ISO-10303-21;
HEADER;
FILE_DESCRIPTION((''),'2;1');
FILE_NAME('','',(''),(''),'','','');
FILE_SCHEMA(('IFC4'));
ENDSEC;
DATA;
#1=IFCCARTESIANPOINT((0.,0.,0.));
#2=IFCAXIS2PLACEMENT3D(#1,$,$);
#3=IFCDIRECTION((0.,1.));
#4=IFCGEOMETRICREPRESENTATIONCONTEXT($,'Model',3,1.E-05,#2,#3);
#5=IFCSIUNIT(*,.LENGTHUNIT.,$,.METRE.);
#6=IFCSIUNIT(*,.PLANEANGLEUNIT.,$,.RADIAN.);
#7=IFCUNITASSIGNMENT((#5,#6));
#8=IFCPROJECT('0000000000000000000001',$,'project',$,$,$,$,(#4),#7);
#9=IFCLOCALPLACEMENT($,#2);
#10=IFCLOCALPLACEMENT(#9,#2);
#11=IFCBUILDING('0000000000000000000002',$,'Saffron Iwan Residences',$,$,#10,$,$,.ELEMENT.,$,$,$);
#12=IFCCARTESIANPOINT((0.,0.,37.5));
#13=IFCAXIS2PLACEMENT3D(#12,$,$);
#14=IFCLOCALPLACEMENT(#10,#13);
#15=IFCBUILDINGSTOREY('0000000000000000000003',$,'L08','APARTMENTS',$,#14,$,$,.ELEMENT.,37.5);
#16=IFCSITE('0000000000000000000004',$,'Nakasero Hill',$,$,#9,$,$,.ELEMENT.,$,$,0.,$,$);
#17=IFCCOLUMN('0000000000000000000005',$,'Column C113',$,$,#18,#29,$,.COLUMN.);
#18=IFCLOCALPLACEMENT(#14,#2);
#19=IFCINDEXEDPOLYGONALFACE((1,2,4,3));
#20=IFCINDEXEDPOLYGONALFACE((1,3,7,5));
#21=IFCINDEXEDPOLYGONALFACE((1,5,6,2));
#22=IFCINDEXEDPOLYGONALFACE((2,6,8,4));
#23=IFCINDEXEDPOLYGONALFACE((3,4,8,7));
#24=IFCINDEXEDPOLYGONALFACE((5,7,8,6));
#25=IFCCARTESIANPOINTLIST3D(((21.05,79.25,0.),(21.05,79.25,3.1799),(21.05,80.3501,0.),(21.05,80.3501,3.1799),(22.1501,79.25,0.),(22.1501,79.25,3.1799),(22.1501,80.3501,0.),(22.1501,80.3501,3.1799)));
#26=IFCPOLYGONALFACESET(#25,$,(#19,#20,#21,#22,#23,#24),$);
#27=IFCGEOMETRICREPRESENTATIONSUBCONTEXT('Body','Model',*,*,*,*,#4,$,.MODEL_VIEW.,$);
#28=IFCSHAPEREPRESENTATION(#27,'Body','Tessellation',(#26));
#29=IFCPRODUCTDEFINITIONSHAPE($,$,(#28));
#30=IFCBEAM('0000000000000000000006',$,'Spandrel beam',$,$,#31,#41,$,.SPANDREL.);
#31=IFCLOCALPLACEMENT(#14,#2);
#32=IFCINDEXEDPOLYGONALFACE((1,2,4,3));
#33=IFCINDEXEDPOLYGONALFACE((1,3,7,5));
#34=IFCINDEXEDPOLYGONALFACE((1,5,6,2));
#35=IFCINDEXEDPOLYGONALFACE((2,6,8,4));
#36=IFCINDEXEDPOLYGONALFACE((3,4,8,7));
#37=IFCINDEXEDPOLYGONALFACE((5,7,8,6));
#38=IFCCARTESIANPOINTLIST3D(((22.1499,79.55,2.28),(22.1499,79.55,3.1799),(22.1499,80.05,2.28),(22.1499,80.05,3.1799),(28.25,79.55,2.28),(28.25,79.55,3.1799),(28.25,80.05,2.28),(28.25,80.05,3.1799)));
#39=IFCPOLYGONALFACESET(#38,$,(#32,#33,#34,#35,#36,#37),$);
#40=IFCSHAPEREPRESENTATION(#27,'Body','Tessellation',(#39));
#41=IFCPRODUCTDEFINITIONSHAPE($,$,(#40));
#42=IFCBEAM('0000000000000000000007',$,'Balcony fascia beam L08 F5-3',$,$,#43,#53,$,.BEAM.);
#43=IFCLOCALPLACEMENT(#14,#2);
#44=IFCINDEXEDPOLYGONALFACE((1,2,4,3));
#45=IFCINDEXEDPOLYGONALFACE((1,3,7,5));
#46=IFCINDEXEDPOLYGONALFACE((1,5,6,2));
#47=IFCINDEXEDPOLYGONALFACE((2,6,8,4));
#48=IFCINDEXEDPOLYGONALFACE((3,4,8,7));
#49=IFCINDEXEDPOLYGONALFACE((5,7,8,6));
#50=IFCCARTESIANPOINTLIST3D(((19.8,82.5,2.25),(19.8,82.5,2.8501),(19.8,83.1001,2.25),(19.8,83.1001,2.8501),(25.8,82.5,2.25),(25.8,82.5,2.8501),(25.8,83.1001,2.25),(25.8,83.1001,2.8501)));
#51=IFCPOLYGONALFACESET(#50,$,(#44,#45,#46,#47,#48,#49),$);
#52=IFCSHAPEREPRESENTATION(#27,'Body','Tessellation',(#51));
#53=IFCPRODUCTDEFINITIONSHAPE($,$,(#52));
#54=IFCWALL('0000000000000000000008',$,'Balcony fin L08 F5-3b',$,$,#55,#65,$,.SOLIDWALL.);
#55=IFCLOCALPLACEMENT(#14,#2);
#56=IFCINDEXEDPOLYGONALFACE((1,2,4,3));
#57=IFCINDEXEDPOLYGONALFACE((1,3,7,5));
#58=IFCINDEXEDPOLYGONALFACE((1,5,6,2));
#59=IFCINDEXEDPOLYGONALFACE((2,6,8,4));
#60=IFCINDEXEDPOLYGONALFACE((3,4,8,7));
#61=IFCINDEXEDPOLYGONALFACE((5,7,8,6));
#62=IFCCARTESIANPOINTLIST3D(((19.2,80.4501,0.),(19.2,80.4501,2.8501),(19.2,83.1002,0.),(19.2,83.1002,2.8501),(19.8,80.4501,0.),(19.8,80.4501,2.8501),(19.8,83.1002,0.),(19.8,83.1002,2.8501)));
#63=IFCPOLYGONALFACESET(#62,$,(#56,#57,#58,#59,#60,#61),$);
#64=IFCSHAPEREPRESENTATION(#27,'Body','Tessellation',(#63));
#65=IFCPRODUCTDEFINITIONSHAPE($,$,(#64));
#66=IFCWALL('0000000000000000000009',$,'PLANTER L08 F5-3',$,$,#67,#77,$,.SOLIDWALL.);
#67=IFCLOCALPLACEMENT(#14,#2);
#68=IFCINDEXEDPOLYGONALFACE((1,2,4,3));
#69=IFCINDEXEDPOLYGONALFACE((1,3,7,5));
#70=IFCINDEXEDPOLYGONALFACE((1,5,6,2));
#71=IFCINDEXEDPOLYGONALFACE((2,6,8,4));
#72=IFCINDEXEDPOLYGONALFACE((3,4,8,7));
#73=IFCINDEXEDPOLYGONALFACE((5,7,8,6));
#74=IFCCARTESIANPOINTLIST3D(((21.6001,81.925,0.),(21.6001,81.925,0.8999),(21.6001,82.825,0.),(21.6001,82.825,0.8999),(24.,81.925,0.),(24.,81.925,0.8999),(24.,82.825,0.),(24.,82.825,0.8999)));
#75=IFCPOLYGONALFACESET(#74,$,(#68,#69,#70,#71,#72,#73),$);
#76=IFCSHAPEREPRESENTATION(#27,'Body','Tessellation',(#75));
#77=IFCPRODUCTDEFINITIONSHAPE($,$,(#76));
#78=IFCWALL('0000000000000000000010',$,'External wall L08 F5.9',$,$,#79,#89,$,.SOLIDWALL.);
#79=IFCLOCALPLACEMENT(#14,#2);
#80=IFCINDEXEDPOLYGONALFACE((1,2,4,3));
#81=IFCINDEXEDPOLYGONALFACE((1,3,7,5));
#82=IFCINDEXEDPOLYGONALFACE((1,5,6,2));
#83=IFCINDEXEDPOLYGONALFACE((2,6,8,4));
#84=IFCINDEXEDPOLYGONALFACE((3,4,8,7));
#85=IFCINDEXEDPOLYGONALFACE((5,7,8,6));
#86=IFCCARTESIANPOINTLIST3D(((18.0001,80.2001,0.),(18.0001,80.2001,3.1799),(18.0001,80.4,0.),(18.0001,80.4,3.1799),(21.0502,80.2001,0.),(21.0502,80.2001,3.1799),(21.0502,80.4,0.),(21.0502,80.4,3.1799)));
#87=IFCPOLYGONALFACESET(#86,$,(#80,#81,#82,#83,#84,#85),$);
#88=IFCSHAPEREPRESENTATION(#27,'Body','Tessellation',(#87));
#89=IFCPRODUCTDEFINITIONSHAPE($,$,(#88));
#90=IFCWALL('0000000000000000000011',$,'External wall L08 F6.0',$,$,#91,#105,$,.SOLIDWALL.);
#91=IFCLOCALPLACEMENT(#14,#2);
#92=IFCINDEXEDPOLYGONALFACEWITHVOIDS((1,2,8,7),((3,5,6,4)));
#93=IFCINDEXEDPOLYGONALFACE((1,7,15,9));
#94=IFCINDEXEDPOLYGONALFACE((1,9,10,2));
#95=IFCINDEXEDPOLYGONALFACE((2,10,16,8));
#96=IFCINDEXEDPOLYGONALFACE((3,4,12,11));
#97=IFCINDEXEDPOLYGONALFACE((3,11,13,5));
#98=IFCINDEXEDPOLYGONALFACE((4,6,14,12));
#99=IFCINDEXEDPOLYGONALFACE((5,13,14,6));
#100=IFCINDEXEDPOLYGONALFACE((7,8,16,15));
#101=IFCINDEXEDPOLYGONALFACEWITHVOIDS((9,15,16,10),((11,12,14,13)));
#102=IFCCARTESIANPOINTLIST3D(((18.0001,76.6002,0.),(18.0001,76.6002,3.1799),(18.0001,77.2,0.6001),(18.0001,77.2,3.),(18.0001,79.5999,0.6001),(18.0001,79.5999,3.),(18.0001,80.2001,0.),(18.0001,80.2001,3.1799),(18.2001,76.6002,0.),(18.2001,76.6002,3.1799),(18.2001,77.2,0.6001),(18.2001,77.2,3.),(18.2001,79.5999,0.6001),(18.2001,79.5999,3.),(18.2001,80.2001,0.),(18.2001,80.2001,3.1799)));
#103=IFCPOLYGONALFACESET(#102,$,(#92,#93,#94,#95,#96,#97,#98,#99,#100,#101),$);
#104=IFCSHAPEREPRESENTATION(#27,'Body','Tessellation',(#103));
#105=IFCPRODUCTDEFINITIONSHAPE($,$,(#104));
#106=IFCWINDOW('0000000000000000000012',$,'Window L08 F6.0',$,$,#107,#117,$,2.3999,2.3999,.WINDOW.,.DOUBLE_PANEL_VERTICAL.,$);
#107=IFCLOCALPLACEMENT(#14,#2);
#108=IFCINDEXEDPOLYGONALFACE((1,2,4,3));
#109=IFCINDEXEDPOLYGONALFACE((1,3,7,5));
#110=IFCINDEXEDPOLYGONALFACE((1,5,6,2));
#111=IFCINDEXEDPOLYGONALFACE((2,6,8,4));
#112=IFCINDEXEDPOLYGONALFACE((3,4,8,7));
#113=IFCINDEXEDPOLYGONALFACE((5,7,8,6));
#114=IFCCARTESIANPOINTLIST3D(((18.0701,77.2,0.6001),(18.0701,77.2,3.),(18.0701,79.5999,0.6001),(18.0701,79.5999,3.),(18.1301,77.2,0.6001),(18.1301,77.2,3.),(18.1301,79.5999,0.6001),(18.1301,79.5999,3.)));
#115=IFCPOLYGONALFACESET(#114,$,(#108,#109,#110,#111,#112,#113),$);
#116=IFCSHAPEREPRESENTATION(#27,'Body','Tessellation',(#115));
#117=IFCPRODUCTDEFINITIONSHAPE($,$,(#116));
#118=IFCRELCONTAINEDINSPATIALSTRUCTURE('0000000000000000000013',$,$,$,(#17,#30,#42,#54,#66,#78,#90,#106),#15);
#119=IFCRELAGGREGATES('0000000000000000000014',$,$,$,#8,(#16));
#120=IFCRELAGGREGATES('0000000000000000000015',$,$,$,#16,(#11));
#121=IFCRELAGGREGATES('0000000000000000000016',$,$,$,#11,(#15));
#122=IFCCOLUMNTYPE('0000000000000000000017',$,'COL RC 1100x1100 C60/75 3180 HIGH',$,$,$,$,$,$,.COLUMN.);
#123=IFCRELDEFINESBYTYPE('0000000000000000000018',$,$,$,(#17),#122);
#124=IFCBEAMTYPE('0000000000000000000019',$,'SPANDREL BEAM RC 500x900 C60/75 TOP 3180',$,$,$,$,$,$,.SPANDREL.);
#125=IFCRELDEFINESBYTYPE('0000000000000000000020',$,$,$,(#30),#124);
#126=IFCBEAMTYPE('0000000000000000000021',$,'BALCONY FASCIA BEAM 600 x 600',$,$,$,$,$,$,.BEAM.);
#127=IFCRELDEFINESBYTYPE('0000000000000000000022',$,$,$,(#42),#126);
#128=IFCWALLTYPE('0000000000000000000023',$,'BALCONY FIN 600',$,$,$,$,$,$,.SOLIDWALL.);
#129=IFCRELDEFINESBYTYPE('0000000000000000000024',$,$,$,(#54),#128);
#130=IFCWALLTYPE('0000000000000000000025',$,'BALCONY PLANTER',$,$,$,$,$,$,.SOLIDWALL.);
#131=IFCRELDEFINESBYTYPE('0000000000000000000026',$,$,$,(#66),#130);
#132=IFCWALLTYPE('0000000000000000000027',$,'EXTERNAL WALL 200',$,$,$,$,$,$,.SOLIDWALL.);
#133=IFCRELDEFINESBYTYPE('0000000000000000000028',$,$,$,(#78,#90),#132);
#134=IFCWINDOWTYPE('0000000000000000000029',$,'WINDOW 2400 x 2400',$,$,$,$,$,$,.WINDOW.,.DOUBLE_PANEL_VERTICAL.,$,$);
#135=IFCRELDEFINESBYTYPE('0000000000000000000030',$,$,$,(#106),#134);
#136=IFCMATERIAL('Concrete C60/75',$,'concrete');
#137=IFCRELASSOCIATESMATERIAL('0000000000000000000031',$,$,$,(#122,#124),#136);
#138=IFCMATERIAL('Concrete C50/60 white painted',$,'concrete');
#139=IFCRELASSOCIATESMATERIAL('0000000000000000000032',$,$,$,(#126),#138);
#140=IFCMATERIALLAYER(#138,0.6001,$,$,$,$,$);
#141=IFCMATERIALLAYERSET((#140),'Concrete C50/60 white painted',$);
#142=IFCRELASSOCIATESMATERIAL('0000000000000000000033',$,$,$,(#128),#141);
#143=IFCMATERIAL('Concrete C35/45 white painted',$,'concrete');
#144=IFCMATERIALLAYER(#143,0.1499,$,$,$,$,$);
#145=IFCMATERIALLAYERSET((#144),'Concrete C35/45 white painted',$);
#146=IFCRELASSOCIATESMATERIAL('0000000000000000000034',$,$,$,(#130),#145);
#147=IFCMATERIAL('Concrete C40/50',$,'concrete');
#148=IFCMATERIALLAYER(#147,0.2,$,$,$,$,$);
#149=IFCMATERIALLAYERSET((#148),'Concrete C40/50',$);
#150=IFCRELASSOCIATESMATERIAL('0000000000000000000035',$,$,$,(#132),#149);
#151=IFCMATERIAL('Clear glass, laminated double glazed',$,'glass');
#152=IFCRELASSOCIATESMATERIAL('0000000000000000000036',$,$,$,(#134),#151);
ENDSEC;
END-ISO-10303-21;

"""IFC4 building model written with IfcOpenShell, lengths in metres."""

from ifc_helpers import new_model, si_unit, direction, frame, frame_2d, origin, origin_2d, place, context, subcontext, project, spatial, rectangle, extrude, source, transform, mapped, material, layer, layer_set, material_profile, profile_set, type_object, element, fill, save


model = new_model("IFC4")

# Units and contexts
model_context = context("Model", 3, precision=1e-05, world=origin(), true_north=direction((0.0, 1.0)))
body_context = subcontext(model_context, "Body", "Model", "MODEL_VIEW")
ifc_project = project(units=[si_unit("LENGTHUNIT", "METRE"), si_unit("PLANEANGLEUNIT", "RADIAN")], contexts=[model_context])

# Site, building, storey
site_placement = place(None, origin())
site = spatial("IfcSite", under=ifc_project, at=site_placement, Name="Nakasero Hill", CompositionType="ELEMENT", RefElevation=0.0)
building_placement = place(site_placement, origin())
building = spatial("IfcBuilding", under=site, at=building_placement, Name="Saffron Iwan Residences", CompositionType="ELEMENT")
storey_placement = place(building_placement, frame((0.0, 0.0, 37.5)))
storey = spatial("IfcBuildingStorey", under=building, at=storey_placement, Name="L08", Description="APARTMENTS", CompositionType="ELEMENT", Elevation=37.5)

# Column
ifc_material_1 = material(Name="Concrete C60/75", Category="concrete")
ifc_material_profile_1 = material_profile(ifc_material_1, rectangle(XDim=1.1001, YDim=1.1001, at=origin_2d()), Name="RC 1100x1100")
ifc_profile_set_1 = profile_set([ifc_material_profile_1], Name="Concrete C60/75")
column_type = type_object("IfcColumnType", Name="COL RC 1100x1100 C60/75 3180 HIGH", PredefinedType="COLUMN", material=ifc_profile_set_1)
shared_shape_1 = source(origin(), body_context, "Body", "SweptSolid", [
    extrude(rectangle(XDim=1.1001, YDim=1.1001, at=origin_2d()), origin(), (0.0, 0.0, 1.0), 3.1799),
])
column_placement = place(storey_placement, frame((21.6001, 79.8, 0.0), z_axis=(0.0, 0.0, 1.0), x_axis=(1.0, 0.0, 0.0)))
element("IfcColumn", 1, at=column_placement, inside=storey, type_object=column_type, Name="Column C113", PredefinedType="COLUMN", context=body_context, shape_type="MappedRepresentation", body=[
    mapped(shared_shape_1, transform((0.0, 0.0, 0.0))),
])

# Beams
ifc_material_profile_2 = material_profile(ifc_material_1, rectangle(XDim=0.5, YDim=0.8999, at=origin_2d()), Name="RC 500x900")
ifc_profile_set_2 = profile_set([ifc_material_profile_2], Name="Concrete C60/75")
beam_type_1 = type_object("IfcBeamType", Name="SPANDREL BEAM RC 500x900 C60/75 TOP 3180", PredefinedType="SPANDREL", material=ifc_profile_set_2)
shared_shape_2 = source(origin(), body_context, "Body", "SweptSolid", [
    extrude(rectangle(XDim=0.5, YDim=0.8999, at=origin_2d()), origin(), (0.0, 0.0, 1.0), 6.1001),
])
beam_1_placement = place(storey_placement, frame((22.1499, 79.8, 2.73), z_axis=(1.0, 0.0, 0.0), x_axis=(0.0, 1.0, 0.0)))
element("IfcBeam", 2, at=beam_1_placement, inside=storey, type_object=beam_type_1, Name="Spandrel beam", PredefinedType="SPANDREL", context=body_context, shape_type="MappedRepresentation", body=[
    mapped(shared_shape_2, transform((0.0, 0.0, 0.0))),
])
ifc_material_2 = material(Name="Concrete C50/60 white painted", Category="concrete")
ifc_material_profile_3 = material_profile(ifc_material_2, rectangle(XDim=0.6001, YDim=0.6001, at=origin_2d()), Name="BALCONY FASCIA BEAM 600 x 600")
ifc_profile_set_3 = profile_set([ifc_material_profile_3], Name="Concrete C50/60 white painted")
beam_type_2 = type_object("IfcBeamType", Name="BALCONY FASCIA BEAM 600 x 600", PredefinedType="BEAM", material=ifc_profile_set_3)
shared_shape_3 = source(origin(), body_context, "Body", "SweptSolid", [
    extrude(rectangle(XDim=0.6001, YDim=0.6001, at=origin_2d()), origin(), (0.0, 0.0, 1.0), 6.0),
])
beam_2_placement = place(storey_placement, frame((25.8, 82.8, 2.55), z_axis=(-1.0, 0.0, 0.0), x_axis=(0.0, -1.0, 0.0)))
element("IfcBeam", 3, at=beam_2_placement, inside=storey, type_object=beam_type_2, Name="Balcony fascia beam L08 F5-3", PredefinedType="BEAM", context=body_context, shape_type="MappedRepresentation", body=[
    mapped(shared_shape_3, transform((0.0, 0.0, 0.0))),
])

# Walls
ifc_layer_1 = layer(ifc_material_2, 0.6001)
ifc_layer_set_1 = layer_set([ifc_layer_1], Name="Concrete C50/60 white painted")
wall_type_1 = type_object("IfcWallType", Name="BALCONY FIN 600", PredefinedType="SOLIDWALL", material=ifc_layer_set_1)
wall_1_placement = place(storey_placement, frame((19.5, 80.45, 0.0), z_axis=(0.0, 0.0, 1.0), x_axis=(0.0, 1.0, 0.0)))
element("IfcWall", 4, at=wall_1_placement, inside=storey, type_object=wall_type_1, Name="Balcony fin L08 F5-3b", PredefinedType="SOLIDWALL", context=body_context, shape_type="SweptSolid", body=[
    extrude(rectangle(XDim=2.6501, YDim=0.6001, at=frame_2d((1.3252, 0.0))), origin(), (0.0, 0.0, 1.0), 2.8501),
])
ifc_material_3 = material(Name="Concrete C35/45 white painted", Category="concrete")
ifc_layer_2 = layer(ifc_material_3, 0.1499)
ifc_layer_set_2 = layer_set([ifc_layer_2], Name="Concrete C35/45 white painted")
wall_type_2 = type_object("IfcWallType", Name="BALCONY PLANTER", PredefinedType="SOLIDWALL", material=ifc_layer_set_2)
wall_2_placement = place(storey_placement, frame((24.0, 82.375, 0.0), z_axis=(0.0, 0.0, 1.0), x_axis=(-1.0, 0.0, 0.0)))
element("IfcWall", 5, at=wall_2_placement, inside=storey, type_object=wall_type_2, Name="PLANTER L08 F5-3", PredefinedType="SOLIDWALL", context=body_context, shape_type="SweptSolid", body=[
    extrude(rectangle(XDim=2.3999, YDim=0.8999, at=frame_2d((1.2, 0.0))), origin(), (0.0, 0.0, 1.0), 0.8999),
])
ifc_material_4 = material(Name="Concrete C40/50", Category="concrete")
ifc_layer_3 = layer(ifc_material_4, 0.2)
ifc_layer_set_3 = layer_set([ifc_layer_3], Name="Concrete C40/50")
wall_type_3 = type_object("IfcWallType", Name="EXTERNAL WALL 200", PredefinedType="SOLIDWALL", material=ifc_layer_set_3)
wall_3_placement = place(storey_placement, frame((21.05, 80.3, 0.0), z_axis=(0.0, 0.0, 1.0), x_axis=(-1.0, 0.0, 0.0)))
element("IfcWall", 6, at=wall_3_placement, inside=storey, type_object=wall_type_3, Name="External wall L08 F5.9", PredefinedType="SOLIDWALL", context=body_context, shape_type="SweptSolid", body=[
    extrude(rectangle(XDim=3.05, YDim=0.2, at=frame_2d((1.5249, 0.0))), origin(), (0.0, 0.0, 1.0), 3.1799),
])

# Wall, opening, window
wall_4_placement = place(storey_placement, frame((18.1001, 80.2, 0.0), z_axis=(0.0, 0.0, 1.0), x_axis=(0.0, -1.0, 0.0)))
wall_4 = element("IfcWall", 7, at=wall_4_placement, inside=storey, type_object=wall_type_3, Name="External wall L08 F6.0", PredefinedType="SOLIDWALL", context=body_context, shape_type="SweptSolid", body=[
    extrude(rectangle(XDim=3.5999, YDim=0.2, at=frame_2d((1.7998, 0.0))), origin(), (0.0, 0.0, 1.0), 3.1799),
])
opening_placement = place(wall_4_placement, frame((0.6001, 0.0, 0.6001)))
opening = element("IfcOpeningElement", 8, at=opening_placement, cuts=wall_4, PredefinedType="OPENING", context=body_context, shape_type="SweptSolid", body=[
    extrude(rectangle(XDim=2.3999, YDim=2.3999, at=frame_2d((1.2, 1.2))), frame((0.0, 0.1099, 0.0), z_axis=(0.0, -1.0, 0.0), x_axis=(1.0, 0.0, 0.0)), (0.0, 0.0, 1.0), 0.22),
])
ifc_material_5 = material(Name="Clear glass, laminated double glazed", Category="glass")
window_type = type_object("IfcWindowType", Name="WINDOW 2400 x 2400", PartitioningType="DOUBLE_PANEL_VERTICAL", PredefinedType="WINDOW", material=ifc_material_5)
window_placement = place(opening_placement, origin())
window = element("IfcWindow", 9, at=window_placement, inside=storey, type_object=window_type, Name="Window L08 F6.0", OverallHeight=2.3999, OverallWidth=2.3999, PartitioningType="DOUBLE_PANEL_VERTICAL", PredefinedType="WINDOW", context=body_context, shape_type="SweptSolid", body=[
    extrude(rectangle(XDim=2.3999, YDim=2.3999, at=frame_2d((1.2, 1.2))), frame((0.0, 0.03, 0.0), z_axis=(0.0, -1.0, 0.0), x_axis=(1.0, 0.0, 0.0)), (0.0, 0.0, 1.0), 0.0601),
])
fill(opening, window)

save(model, "model.ifc")
